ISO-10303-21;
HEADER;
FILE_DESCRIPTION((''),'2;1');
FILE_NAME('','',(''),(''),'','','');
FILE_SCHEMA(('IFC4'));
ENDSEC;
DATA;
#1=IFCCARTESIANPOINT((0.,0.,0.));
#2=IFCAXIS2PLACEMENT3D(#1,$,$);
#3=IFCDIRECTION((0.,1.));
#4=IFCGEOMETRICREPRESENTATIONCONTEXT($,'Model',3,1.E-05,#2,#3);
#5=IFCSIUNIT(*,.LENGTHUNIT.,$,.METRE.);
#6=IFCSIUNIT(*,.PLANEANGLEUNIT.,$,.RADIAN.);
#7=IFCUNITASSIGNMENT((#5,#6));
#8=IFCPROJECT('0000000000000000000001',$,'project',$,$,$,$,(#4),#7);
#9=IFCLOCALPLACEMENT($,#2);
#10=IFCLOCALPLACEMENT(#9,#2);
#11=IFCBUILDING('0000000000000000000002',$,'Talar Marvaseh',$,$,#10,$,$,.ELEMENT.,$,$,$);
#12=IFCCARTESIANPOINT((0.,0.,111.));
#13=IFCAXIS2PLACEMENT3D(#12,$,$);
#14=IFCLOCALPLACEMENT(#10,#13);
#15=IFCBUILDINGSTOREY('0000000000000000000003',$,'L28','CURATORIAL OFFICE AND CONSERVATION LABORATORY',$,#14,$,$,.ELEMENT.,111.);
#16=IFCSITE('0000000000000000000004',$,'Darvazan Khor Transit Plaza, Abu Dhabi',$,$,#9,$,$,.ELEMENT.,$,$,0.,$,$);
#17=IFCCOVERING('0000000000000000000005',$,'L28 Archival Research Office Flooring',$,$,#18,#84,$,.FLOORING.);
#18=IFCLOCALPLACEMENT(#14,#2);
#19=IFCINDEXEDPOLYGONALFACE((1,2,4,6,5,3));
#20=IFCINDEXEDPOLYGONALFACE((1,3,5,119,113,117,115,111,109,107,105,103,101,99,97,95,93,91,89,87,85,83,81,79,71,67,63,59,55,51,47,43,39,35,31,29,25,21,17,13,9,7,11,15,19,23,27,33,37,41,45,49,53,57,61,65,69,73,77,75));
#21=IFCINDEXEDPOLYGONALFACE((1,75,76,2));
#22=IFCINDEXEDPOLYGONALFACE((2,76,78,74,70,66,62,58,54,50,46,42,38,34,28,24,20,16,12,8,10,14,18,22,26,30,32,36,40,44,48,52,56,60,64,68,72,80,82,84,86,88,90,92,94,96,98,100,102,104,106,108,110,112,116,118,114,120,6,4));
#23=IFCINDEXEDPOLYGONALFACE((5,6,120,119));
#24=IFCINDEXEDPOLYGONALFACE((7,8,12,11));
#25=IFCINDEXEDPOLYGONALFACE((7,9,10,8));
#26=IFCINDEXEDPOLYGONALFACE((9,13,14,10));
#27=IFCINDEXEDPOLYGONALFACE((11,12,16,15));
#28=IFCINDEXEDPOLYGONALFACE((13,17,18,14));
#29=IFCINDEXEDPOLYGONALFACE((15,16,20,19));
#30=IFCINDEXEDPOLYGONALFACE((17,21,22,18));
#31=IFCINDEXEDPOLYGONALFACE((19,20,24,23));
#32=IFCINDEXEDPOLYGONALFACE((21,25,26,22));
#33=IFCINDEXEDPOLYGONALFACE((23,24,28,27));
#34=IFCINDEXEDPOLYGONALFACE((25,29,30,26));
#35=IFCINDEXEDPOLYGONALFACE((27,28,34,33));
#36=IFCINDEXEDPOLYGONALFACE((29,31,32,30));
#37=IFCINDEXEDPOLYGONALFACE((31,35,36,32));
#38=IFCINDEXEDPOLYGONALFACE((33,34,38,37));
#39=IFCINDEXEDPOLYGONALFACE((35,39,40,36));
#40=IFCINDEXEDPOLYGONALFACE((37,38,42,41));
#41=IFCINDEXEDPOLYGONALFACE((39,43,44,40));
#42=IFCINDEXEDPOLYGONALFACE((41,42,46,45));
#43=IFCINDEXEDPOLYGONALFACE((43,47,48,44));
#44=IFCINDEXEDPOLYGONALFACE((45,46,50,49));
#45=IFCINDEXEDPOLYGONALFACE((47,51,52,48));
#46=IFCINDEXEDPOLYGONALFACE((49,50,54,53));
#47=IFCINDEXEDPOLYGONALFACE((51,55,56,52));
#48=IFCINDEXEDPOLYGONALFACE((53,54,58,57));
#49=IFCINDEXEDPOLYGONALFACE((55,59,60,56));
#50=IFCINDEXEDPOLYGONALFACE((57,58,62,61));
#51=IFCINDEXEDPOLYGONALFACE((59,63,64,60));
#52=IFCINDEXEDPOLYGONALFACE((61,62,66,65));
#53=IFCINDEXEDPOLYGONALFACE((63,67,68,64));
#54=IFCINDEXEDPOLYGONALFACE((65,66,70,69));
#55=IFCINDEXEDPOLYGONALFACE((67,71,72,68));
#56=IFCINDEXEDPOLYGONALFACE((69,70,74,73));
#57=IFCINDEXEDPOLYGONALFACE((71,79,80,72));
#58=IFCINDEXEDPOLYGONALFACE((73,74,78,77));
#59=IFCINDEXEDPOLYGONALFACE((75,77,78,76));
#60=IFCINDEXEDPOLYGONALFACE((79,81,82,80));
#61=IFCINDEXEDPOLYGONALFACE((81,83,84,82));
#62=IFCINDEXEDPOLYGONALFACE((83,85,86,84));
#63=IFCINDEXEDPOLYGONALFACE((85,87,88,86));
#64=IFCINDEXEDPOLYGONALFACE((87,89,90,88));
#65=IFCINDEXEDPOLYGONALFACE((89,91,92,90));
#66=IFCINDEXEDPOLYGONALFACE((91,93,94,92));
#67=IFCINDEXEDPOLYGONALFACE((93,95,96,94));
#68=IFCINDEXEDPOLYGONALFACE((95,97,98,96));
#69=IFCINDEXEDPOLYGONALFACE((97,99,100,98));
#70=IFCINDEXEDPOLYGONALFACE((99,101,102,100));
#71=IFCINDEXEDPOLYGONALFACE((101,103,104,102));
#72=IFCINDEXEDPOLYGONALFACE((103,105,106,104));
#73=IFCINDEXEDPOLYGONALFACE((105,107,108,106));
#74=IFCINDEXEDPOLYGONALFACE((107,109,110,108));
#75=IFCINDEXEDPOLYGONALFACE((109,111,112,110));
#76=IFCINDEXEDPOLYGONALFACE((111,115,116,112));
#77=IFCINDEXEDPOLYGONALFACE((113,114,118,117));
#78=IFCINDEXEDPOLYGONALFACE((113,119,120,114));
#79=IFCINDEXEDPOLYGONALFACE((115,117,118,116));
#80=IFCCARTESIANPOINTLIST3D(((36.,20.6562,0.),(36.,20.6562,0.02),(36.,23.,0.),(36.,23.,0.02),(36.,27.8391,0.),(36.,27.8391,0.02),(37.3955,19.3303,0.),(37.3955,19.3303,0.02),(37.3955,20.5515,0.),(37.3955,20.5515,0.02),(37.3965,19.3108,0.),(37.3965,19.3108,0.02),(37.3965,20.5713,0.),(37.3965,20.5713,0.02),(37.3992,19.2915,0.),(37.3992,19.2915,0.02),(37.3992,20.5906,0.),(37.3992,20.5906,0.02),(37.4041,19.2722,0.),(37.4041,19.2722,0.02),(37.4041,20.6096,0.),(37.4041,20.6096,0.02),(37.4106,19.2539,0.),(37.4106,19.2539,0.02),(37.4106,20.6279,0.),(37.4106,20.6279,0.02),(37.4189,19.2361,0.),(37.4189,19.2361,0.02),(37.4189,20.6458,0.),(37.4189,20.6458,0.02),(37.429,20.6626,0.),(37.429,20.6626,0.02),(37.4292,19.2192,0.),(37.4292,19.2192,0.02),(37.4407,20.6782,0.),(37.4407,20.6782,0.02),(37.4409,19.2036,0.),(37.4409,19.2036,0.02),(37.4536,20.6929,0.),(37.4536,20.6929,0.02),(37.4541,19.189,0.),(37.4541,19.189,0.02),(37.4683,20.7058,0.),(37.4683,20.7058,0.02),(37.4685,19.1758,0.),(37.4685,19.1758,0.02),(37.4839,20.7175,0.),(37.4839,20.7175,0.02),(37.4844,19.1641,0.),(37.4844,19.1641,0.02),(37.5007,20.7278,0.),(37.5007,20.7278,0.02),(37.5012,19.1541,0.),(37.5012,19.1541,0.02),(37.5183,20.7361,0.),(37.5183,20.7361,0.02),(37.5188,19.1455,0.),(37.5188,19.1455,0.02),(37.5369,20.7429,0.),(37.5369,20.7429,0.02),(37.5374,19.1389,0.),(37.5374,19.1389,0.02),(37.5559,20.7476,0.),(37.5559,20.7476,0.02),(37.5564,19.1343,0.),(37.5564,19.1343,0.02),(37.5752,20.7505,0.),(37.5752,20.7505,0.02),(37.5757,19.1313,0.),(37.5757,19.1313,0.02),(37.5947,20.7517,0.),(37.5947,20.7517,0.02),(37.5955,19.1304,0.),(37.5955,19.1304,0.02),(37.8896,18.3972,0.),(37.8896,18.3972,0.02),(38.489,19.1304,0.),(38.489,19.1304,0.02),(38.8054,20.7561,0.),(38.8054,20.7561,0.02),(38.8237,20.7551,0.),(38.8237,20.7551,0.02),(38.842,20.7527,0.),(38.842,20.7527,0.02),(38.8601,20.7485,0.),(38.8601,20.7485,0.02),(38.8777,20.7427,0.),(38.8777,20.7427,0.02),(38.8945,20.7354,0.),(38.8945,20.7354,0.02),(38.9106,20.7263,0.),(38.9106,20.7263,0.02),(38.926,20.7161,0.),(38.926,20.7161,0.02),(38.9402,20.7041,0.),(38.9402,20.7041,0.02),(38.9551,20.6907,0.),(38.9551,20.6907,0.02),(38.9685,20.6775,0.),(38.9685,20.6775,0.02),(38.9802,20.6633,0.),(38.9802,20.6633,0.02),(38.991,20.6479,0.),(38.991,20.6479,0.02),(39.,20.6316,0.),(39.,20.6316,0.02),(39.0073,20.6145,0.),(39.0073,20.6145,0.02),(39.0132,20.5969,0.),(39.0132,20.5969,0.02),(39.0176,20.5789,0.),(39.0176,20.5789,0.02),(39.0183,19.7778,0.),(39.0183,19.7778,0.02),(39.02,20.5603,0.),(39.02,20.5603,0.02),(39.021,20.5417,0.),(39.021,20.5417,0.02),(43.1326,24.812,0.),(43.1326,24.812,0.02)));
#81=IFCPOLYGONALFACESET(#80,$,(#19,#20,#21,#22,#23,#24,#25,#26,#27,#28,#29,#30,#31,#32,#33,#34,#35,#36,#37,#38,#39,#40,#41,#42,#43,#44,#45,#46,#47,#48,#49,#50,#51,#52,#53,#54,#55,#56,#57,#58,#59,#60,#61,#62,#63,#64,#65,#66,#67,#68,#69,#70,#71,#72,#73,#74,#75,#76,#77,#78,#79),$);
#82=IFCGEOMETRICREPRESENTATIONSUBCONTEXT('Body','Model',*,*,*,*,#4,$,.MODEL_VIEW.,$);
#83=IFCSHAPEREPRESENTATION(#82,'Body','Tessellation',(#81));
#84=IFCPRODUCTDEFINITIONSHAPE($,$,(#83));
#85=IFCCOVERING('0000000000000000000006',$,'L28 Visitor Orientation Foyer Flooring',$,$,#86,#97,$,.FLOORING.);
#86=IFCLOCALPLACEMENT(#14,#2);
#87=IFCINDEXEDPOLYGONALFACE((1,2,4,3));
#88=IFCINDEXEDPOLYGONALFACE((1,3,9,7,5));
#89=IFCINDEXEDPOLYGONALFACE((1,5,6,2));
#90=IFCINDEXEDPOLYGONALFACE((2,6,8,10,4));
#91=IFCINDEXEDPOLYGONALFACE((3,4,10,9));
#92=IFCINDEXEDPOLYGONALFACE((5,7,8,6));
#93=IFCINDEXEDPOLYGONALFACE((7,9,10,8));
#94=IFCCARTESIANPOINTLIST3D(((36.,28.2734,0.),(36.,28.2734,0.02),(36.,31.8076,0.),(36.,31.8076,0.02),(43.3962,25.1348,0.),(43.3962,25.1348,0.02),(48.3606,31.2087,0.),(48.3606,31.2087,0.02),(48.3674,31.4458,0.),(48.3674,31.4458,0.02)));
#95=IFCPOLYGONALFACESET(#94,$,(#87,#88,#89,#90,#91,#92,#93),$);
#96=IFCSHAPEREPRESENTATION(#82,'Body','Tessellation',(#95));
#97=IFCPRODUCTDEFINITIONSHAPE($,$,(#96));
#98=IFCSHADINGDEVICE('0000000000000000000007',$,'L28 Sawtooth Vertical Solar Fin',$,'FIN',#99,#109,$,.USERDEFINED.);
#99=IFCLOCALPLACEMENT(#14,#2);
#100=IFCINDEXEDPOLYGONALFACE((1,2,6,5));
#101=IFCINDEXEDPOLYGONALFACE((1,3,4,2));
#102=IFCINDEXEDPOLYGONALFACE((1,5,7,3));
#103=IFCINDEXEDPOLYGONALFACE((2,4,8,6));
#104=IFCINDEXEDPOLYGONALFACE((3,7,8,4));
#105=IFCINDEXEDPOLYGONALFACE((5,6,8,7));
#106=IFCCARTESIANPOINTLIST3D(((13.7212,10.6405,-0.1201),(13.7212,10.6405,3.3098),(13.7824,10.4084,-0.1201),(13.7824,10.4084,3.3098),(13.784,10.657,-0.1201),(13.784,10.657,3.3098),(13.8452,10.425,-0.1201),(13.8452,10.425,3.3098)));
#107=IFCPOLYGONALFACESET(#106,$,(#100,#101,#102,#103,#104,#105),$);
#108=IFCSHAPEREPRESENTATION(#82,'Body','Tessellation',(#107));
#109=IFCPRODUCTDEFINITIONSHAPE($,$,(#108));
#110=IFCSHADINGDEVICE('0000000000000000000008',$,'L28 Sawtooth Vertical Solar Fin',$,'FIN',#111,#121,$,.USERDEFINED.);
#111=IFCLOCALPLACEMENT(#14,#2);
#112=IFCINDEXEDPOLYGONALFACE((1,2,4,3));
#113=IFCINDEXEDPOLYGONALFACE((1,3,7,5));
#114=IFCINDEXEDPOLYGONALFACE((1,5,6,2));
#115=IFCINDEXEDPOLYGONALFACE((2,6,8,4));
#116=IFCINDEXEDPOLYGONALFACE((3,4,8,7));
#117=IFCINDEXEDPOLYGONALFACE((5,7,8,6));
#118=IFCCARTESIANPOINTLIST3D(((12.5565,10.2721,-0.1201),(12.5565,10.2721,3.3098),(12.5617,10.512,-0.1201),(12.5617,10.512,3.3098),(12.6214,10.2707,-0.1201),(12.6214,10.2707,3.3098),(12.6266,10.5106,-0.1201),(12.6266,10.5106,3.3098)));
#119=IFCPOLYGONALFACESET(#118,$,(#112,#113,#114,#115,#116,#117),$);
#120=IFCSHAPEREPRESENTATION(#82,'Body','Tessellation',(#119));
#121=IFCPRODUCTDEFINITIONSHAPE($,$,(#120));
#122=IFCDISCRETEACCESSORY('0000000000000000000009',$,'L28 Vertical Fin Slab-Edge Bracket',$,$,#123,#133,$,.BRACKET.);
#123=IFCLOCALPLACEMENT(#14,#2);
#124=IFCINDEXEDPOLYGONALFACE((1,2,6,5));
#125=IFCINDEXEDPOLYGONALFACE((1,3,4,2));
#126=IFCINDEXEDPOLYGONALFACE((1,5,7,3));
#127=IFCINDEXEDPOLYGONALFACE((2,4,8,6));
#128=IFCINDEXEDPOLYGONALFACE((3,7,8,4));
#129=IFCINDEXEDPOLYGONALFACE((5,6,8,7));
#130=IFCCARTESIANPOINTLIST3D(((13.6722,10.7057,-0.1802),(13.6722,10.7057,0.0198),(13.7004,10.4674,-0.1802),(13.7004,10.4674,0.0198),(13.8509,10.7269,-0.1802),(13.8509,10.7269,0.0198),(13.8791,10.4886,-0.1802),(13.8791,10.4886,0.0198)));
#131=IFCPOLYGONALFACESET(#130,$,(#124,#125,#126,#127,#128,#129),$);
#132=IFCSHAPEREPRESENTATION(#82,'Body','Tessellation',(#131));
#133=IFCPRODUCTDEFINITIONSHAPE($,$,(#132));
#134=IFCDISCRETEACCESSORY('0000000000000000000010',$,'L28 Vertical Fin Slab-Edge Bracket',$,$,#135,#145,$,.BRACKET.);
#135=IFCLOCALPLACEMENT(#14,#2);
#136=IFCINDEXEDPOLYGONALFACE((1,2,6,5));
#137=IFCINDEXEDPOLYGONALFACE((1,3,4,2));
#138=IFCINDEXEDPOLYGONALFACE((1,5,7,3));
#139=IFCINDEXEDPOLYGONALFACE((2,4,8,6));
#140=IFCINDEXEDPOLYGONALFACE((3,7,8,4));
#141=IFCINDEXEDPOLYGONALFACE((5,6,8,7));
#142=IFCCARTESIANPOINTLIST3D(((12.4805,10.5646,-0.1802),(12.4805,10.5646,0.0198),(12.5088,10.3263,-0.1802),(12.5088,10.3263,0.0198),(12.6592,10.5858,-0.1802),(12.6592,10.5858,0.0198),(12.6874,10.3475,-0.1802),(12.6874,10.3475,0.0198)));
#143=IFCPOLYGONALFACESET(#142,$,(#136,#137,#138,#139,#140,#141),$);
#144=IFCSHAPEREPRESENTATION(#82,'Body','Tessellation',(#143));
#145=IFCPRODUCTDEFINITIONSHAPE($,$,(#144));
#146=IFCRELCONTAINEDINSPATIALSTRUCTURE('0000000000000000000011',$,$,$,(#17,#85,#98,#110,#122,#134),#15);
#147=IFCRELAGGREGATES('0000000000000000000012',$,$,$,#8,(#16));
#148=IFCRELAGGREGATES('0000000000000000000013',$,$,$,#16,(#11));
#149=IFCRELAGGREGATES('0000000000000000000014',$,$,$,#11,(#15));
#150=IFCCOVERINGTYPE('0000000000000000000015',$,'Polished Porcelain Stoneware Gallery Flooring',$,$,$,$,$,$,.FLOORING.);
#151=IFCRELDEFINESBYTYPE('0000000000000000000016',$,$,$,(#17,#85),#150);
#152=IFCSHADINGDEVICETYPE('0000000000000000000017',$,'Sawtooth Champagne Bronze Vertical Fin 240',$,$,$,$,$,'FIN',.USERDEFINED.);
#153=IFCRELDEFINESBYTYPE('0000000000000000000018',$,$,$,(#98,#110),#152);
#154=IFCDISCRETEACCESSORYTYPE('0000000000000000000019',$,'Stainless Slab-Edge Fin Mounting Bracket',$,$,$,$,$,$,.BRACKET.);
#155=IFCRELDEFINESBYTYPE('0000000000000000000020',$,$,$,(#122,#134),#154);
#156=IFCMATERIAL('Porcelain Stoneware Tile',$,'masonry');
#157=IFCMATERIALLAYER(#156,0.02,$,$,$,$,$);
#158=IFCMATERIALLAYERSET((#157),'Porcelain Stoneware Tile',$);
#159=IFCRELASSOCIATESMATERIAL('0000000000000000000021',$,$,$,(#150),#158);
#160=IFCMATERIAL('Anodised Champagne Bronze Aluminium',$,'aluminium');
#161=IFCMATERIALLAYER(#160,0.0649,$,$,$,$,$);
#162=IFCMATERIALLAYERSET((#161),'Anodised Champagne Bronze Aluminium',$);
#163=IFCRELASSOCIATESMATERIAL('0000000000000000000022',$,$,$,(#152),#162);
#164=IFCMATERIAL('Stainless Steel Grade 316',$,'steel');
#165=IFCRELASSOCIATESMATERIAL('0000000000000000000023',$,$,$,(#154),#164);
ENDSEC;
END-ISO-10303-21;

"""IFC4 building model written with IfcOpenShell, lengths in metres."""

from ifc_helpers import new_model, si_unit, direction, frame, origin, origin_2d, place, context, subcontext, project, spatial, polyline, rectangle, outline, extrude, source, transform, mapped, material, layer, layer_set, type_object, type_shapes, element, save


model = new_model("IFC4")

# Units and contexts
model_context = context("Model", 3, precision=1e-05, world=origin(), true_north=direction((0.0, 1.0)))
body_context = subcontext(model_context, "Body", "Model", "MODEL_VIEW")
ifc_project = project(units=[si_unit("LENGTHUNIT", "METRE"), si_unit("PLANEANGLEUNIT", "RADIAN")], contexts=[model_context])

# Site, building, storey
site_placement = place(None, origin())
site = spatial("IfcSite", under=ifc_project, at=site_placement, Name="Darvazan Khor Transit Plaza, Abu Dhabi", CompositionType="ELEMENT", RefElevation=0.0)
building_placement = place(site_placement, origin())
building = spatial("IfcBuilding", under=site, at=building_placement, Name="Talar Marvaseh", CompositionType="ELEMENT")
storey_placement = place(building_placement, frame((0.0, 0.0, 111.0)))
storey = spatial("IfcBuildingStorey", under=building, at=storey_placement, Name="L28", Description="CURATORIAL OFFICE AND CONSERVATION LABORATORY", CompositionType="ELEMENT", Elevation=111.0)

# Coverings
ifc_material_1 = material(Name="Porcelain Stoneware Tile", Category="masonry")
ifc_layer_1 = layer(ifc_material_1, 0.02)
ifc_layer_set_1 = layer_set([ifc_layer_1], Name="Porcelain Stoneware Tile")
covering_type_1 = type_object("IfcCoveringType", Name="Polished Porcelain Stoneware Gallery Flooring", PredefinedType="FLOORING", material=ifc_layer_set_1)
covering_1_placement = place(storey_placement, origin())
element("IfcCovering", 1, at=covering_1_placement, inside=storey, type_object=covering_type_1, Name="L28 Archival Research Office Flooring", PredefinedType="FLOORING", context=body_context, shape_type="SweptSolid", body=[
    extrude(outline(polyline([(43.1326, 24.812), (39.0183, 19.7778), (39.021, 20.5417), (39.02, 20.5603), (39.0176, 20.5789), (39.0132, 20.5969), (39.0073, 20.6145), (39.0, 20.6316), (38.991, 20.6479), (38.9802, 20.6633), (38.9685, 20.6775), (38.9551, 20.6907), (38.9402, 20.7041), (38.926, 20.7161), (38.9106, 20.7263), (38.8945, 20.7354), (38.8777, 20.7427), (38.8601, 20.7485), (38.842, 20.7527), (38.8237, 20.7551), (38.8054, 20.7561), (37.5947, 20.7517), (37.5752, 20.7505), (37.5559, 20.7476), (37.5369, 20.7429), (37.5183, 20.7361), (37.5007, 20.7278), (37.4839, 20.7175), (37.4683, 20.7058), (37.4536, 20.6929), (37.4407, 20.6782), (37.429, 20.6626), (37.4189, 20.6458), (37.4106, 20.6279), (37.4041, 20.6096), (37.3992, 20.5906), (37.3965, 20.5713), (37.3955, 20.5515), (37.3955, 19.3303), (37.3965, 19.3108), (37.3992, 19.2915), (37.4041, 19.2722), (37.4106, 19.2539), (37.4189, 19.2361), (37.4292, 19.2192), (37.4409, 19.2036), (37.4541, 19.189), (37.4685, 19.1758), (37.4844, 19.1641), (37.5012, 19.1541), (37.5188, 19.1455), (37.5374, 19.1389), (37.5564, 19.1343), (37.5757, 19.1313), (37.5955, 19.1304), (38.489, 19.1304), (37.8896, 18.3972), (36.0, 20.6562), (36.0, 23.0), (36.0, 27.8391), (43.1326, 24.812)])), origin(), (0.0, 0.0, 1.0), 0.02),
])
covering_2_placement = place(storey_placement, origin())
element("IfcCovering", 2, at=covering_2_placement, inside=storey, type_object=covering_type_1, Name="L28 Visitor Orientation Foyer Flooring", PredefinedType="FLOORING", context=body_context, shape_type="SweptSolid", body=[
    extrude(outline(polyline([(36.0, 31.8076), (48.3674, 31.4458), (48.3606, 31.2087), (43.3962, 25.1348), (36.0, 28.2734), (36.0, 31.8076)])), origin(), (0.0, 0.0, 1.0), 0.02),
])

# Shading devices
ifc_material_2 = material(Name="Anodised Champagne Bronze Aluminium", Category="aluminium")
ifc_layer_2 = layer(ifc_material_2, 0.0649)
ifc_layer_set_2 = layer_set([ifc_layer_2], Name="Anodised Champagne Bronze Aluminium")
shading_device_type = type_object("IfcShadingDeviceType", Name="Sawtooth Champagne Bronze Vertical Fin 240", ElementType="FIN", PredefinedType="USERDEFINED", material=ifc_layer_set_2)
shared_shape_1 = source(origin(), body_context, "Body", "SweptSolid", [
    extrude(rectangle(XDim=0.24, YDim=0.0649, at=origin_2d()), origin(), (0.0, 0.0, 1.0), 3.4299),
])
type_shapes(shading_device_type, [shared_shape_1])
for number, where, z_axis, x_axis, name in (
    (3, (13.7832, 10.5327, -0.1201), (0.0, 0.0, 1.0), (0.254771, -0.967001, 0.0), "L28 Sawtooth Vertical Solar Fin"),
    (4, (12.5916, 10.3914, -0.1201), (0.0, 0.0, 1.0), (-0.02164, -0.999766, 0.0), "L28 Sawtooth Vertical Solar Fin"),
):
    element("IfcShadingDevice", number, at=place(storey_placement, frame(where, z_axis=z_axis, x_axis=x_axis)), inside=storey, type_object=shading_device_type, Name=name, ObjectType="FIN", PredefinedType="USERDEFINED", context=body_context, shape_type="MappedRepresentation", body=[
        mapped(shared_shape_1, transform((0.0, 0.0, 0.0), x_axis=(1.0, 0.0, 0.0), y_axis=(0.0, 1.0, 0.0), z_axis=(0.0, 0.0, 1.0), scale=1.0)),
    ])

# Discrete accessories
ifc_material_3 = material(Name="Stainless Steel Grade 316", Category="steel")
discrete_accessory_type = type_object("IfcDiscreteAccessoryType", Name="Stainless Slab-Edge Fin Mounting Bracket", PredefinedType="BRACKET", material=ifc_material_3)
shared_shape_2 = source(origin(), body_context, "Body", "SweptSolid", [
    extrude(rectangle(XDim=0.24, YDim=0.1799, at=origin_2d()), origin(), (0.0, 0.0, 1.0), 0.2),
])
type_shapes(discrete_accessory_type, [shared_shape_2])
for number, where, z_axis, x_axis, name in (
    (5, (13.7756, 10.5972, -0.1802), (0.0, 0.0, 1.0), (0.117711, -0.993048, 0.0), "L28 Vertical Fin Slab-Edge Bracket"),
    (6, (12.584, 10.4561, -0.1802), (0.0, 0.0, 1.0), (0.117711, -0.993048, 0.0), "L28 Vertical Fin Slab-Edge Bracket"),
):
    element("IfcDiscreteAccessory", number, at=place(storey_placement, frame(where, z_axis=z_axis, x_axis=x_axis)), inside=storey, type_object=discrete_accessory_type, Name=name, PredefinedType="BRACKET", context=body_context, shape_type="MappedRepresentation", body=[
        mapped(shared_shape_2, transform((0.0, 0.0, 0.0), x_axis=(1.0, 0.0, 0.0), y_axis=(0.0, 1.0, 0.0), z_axis=(0.0, 0.0, 1.0), scale=1.0)),
    ])

save(model, "model.ifc")
